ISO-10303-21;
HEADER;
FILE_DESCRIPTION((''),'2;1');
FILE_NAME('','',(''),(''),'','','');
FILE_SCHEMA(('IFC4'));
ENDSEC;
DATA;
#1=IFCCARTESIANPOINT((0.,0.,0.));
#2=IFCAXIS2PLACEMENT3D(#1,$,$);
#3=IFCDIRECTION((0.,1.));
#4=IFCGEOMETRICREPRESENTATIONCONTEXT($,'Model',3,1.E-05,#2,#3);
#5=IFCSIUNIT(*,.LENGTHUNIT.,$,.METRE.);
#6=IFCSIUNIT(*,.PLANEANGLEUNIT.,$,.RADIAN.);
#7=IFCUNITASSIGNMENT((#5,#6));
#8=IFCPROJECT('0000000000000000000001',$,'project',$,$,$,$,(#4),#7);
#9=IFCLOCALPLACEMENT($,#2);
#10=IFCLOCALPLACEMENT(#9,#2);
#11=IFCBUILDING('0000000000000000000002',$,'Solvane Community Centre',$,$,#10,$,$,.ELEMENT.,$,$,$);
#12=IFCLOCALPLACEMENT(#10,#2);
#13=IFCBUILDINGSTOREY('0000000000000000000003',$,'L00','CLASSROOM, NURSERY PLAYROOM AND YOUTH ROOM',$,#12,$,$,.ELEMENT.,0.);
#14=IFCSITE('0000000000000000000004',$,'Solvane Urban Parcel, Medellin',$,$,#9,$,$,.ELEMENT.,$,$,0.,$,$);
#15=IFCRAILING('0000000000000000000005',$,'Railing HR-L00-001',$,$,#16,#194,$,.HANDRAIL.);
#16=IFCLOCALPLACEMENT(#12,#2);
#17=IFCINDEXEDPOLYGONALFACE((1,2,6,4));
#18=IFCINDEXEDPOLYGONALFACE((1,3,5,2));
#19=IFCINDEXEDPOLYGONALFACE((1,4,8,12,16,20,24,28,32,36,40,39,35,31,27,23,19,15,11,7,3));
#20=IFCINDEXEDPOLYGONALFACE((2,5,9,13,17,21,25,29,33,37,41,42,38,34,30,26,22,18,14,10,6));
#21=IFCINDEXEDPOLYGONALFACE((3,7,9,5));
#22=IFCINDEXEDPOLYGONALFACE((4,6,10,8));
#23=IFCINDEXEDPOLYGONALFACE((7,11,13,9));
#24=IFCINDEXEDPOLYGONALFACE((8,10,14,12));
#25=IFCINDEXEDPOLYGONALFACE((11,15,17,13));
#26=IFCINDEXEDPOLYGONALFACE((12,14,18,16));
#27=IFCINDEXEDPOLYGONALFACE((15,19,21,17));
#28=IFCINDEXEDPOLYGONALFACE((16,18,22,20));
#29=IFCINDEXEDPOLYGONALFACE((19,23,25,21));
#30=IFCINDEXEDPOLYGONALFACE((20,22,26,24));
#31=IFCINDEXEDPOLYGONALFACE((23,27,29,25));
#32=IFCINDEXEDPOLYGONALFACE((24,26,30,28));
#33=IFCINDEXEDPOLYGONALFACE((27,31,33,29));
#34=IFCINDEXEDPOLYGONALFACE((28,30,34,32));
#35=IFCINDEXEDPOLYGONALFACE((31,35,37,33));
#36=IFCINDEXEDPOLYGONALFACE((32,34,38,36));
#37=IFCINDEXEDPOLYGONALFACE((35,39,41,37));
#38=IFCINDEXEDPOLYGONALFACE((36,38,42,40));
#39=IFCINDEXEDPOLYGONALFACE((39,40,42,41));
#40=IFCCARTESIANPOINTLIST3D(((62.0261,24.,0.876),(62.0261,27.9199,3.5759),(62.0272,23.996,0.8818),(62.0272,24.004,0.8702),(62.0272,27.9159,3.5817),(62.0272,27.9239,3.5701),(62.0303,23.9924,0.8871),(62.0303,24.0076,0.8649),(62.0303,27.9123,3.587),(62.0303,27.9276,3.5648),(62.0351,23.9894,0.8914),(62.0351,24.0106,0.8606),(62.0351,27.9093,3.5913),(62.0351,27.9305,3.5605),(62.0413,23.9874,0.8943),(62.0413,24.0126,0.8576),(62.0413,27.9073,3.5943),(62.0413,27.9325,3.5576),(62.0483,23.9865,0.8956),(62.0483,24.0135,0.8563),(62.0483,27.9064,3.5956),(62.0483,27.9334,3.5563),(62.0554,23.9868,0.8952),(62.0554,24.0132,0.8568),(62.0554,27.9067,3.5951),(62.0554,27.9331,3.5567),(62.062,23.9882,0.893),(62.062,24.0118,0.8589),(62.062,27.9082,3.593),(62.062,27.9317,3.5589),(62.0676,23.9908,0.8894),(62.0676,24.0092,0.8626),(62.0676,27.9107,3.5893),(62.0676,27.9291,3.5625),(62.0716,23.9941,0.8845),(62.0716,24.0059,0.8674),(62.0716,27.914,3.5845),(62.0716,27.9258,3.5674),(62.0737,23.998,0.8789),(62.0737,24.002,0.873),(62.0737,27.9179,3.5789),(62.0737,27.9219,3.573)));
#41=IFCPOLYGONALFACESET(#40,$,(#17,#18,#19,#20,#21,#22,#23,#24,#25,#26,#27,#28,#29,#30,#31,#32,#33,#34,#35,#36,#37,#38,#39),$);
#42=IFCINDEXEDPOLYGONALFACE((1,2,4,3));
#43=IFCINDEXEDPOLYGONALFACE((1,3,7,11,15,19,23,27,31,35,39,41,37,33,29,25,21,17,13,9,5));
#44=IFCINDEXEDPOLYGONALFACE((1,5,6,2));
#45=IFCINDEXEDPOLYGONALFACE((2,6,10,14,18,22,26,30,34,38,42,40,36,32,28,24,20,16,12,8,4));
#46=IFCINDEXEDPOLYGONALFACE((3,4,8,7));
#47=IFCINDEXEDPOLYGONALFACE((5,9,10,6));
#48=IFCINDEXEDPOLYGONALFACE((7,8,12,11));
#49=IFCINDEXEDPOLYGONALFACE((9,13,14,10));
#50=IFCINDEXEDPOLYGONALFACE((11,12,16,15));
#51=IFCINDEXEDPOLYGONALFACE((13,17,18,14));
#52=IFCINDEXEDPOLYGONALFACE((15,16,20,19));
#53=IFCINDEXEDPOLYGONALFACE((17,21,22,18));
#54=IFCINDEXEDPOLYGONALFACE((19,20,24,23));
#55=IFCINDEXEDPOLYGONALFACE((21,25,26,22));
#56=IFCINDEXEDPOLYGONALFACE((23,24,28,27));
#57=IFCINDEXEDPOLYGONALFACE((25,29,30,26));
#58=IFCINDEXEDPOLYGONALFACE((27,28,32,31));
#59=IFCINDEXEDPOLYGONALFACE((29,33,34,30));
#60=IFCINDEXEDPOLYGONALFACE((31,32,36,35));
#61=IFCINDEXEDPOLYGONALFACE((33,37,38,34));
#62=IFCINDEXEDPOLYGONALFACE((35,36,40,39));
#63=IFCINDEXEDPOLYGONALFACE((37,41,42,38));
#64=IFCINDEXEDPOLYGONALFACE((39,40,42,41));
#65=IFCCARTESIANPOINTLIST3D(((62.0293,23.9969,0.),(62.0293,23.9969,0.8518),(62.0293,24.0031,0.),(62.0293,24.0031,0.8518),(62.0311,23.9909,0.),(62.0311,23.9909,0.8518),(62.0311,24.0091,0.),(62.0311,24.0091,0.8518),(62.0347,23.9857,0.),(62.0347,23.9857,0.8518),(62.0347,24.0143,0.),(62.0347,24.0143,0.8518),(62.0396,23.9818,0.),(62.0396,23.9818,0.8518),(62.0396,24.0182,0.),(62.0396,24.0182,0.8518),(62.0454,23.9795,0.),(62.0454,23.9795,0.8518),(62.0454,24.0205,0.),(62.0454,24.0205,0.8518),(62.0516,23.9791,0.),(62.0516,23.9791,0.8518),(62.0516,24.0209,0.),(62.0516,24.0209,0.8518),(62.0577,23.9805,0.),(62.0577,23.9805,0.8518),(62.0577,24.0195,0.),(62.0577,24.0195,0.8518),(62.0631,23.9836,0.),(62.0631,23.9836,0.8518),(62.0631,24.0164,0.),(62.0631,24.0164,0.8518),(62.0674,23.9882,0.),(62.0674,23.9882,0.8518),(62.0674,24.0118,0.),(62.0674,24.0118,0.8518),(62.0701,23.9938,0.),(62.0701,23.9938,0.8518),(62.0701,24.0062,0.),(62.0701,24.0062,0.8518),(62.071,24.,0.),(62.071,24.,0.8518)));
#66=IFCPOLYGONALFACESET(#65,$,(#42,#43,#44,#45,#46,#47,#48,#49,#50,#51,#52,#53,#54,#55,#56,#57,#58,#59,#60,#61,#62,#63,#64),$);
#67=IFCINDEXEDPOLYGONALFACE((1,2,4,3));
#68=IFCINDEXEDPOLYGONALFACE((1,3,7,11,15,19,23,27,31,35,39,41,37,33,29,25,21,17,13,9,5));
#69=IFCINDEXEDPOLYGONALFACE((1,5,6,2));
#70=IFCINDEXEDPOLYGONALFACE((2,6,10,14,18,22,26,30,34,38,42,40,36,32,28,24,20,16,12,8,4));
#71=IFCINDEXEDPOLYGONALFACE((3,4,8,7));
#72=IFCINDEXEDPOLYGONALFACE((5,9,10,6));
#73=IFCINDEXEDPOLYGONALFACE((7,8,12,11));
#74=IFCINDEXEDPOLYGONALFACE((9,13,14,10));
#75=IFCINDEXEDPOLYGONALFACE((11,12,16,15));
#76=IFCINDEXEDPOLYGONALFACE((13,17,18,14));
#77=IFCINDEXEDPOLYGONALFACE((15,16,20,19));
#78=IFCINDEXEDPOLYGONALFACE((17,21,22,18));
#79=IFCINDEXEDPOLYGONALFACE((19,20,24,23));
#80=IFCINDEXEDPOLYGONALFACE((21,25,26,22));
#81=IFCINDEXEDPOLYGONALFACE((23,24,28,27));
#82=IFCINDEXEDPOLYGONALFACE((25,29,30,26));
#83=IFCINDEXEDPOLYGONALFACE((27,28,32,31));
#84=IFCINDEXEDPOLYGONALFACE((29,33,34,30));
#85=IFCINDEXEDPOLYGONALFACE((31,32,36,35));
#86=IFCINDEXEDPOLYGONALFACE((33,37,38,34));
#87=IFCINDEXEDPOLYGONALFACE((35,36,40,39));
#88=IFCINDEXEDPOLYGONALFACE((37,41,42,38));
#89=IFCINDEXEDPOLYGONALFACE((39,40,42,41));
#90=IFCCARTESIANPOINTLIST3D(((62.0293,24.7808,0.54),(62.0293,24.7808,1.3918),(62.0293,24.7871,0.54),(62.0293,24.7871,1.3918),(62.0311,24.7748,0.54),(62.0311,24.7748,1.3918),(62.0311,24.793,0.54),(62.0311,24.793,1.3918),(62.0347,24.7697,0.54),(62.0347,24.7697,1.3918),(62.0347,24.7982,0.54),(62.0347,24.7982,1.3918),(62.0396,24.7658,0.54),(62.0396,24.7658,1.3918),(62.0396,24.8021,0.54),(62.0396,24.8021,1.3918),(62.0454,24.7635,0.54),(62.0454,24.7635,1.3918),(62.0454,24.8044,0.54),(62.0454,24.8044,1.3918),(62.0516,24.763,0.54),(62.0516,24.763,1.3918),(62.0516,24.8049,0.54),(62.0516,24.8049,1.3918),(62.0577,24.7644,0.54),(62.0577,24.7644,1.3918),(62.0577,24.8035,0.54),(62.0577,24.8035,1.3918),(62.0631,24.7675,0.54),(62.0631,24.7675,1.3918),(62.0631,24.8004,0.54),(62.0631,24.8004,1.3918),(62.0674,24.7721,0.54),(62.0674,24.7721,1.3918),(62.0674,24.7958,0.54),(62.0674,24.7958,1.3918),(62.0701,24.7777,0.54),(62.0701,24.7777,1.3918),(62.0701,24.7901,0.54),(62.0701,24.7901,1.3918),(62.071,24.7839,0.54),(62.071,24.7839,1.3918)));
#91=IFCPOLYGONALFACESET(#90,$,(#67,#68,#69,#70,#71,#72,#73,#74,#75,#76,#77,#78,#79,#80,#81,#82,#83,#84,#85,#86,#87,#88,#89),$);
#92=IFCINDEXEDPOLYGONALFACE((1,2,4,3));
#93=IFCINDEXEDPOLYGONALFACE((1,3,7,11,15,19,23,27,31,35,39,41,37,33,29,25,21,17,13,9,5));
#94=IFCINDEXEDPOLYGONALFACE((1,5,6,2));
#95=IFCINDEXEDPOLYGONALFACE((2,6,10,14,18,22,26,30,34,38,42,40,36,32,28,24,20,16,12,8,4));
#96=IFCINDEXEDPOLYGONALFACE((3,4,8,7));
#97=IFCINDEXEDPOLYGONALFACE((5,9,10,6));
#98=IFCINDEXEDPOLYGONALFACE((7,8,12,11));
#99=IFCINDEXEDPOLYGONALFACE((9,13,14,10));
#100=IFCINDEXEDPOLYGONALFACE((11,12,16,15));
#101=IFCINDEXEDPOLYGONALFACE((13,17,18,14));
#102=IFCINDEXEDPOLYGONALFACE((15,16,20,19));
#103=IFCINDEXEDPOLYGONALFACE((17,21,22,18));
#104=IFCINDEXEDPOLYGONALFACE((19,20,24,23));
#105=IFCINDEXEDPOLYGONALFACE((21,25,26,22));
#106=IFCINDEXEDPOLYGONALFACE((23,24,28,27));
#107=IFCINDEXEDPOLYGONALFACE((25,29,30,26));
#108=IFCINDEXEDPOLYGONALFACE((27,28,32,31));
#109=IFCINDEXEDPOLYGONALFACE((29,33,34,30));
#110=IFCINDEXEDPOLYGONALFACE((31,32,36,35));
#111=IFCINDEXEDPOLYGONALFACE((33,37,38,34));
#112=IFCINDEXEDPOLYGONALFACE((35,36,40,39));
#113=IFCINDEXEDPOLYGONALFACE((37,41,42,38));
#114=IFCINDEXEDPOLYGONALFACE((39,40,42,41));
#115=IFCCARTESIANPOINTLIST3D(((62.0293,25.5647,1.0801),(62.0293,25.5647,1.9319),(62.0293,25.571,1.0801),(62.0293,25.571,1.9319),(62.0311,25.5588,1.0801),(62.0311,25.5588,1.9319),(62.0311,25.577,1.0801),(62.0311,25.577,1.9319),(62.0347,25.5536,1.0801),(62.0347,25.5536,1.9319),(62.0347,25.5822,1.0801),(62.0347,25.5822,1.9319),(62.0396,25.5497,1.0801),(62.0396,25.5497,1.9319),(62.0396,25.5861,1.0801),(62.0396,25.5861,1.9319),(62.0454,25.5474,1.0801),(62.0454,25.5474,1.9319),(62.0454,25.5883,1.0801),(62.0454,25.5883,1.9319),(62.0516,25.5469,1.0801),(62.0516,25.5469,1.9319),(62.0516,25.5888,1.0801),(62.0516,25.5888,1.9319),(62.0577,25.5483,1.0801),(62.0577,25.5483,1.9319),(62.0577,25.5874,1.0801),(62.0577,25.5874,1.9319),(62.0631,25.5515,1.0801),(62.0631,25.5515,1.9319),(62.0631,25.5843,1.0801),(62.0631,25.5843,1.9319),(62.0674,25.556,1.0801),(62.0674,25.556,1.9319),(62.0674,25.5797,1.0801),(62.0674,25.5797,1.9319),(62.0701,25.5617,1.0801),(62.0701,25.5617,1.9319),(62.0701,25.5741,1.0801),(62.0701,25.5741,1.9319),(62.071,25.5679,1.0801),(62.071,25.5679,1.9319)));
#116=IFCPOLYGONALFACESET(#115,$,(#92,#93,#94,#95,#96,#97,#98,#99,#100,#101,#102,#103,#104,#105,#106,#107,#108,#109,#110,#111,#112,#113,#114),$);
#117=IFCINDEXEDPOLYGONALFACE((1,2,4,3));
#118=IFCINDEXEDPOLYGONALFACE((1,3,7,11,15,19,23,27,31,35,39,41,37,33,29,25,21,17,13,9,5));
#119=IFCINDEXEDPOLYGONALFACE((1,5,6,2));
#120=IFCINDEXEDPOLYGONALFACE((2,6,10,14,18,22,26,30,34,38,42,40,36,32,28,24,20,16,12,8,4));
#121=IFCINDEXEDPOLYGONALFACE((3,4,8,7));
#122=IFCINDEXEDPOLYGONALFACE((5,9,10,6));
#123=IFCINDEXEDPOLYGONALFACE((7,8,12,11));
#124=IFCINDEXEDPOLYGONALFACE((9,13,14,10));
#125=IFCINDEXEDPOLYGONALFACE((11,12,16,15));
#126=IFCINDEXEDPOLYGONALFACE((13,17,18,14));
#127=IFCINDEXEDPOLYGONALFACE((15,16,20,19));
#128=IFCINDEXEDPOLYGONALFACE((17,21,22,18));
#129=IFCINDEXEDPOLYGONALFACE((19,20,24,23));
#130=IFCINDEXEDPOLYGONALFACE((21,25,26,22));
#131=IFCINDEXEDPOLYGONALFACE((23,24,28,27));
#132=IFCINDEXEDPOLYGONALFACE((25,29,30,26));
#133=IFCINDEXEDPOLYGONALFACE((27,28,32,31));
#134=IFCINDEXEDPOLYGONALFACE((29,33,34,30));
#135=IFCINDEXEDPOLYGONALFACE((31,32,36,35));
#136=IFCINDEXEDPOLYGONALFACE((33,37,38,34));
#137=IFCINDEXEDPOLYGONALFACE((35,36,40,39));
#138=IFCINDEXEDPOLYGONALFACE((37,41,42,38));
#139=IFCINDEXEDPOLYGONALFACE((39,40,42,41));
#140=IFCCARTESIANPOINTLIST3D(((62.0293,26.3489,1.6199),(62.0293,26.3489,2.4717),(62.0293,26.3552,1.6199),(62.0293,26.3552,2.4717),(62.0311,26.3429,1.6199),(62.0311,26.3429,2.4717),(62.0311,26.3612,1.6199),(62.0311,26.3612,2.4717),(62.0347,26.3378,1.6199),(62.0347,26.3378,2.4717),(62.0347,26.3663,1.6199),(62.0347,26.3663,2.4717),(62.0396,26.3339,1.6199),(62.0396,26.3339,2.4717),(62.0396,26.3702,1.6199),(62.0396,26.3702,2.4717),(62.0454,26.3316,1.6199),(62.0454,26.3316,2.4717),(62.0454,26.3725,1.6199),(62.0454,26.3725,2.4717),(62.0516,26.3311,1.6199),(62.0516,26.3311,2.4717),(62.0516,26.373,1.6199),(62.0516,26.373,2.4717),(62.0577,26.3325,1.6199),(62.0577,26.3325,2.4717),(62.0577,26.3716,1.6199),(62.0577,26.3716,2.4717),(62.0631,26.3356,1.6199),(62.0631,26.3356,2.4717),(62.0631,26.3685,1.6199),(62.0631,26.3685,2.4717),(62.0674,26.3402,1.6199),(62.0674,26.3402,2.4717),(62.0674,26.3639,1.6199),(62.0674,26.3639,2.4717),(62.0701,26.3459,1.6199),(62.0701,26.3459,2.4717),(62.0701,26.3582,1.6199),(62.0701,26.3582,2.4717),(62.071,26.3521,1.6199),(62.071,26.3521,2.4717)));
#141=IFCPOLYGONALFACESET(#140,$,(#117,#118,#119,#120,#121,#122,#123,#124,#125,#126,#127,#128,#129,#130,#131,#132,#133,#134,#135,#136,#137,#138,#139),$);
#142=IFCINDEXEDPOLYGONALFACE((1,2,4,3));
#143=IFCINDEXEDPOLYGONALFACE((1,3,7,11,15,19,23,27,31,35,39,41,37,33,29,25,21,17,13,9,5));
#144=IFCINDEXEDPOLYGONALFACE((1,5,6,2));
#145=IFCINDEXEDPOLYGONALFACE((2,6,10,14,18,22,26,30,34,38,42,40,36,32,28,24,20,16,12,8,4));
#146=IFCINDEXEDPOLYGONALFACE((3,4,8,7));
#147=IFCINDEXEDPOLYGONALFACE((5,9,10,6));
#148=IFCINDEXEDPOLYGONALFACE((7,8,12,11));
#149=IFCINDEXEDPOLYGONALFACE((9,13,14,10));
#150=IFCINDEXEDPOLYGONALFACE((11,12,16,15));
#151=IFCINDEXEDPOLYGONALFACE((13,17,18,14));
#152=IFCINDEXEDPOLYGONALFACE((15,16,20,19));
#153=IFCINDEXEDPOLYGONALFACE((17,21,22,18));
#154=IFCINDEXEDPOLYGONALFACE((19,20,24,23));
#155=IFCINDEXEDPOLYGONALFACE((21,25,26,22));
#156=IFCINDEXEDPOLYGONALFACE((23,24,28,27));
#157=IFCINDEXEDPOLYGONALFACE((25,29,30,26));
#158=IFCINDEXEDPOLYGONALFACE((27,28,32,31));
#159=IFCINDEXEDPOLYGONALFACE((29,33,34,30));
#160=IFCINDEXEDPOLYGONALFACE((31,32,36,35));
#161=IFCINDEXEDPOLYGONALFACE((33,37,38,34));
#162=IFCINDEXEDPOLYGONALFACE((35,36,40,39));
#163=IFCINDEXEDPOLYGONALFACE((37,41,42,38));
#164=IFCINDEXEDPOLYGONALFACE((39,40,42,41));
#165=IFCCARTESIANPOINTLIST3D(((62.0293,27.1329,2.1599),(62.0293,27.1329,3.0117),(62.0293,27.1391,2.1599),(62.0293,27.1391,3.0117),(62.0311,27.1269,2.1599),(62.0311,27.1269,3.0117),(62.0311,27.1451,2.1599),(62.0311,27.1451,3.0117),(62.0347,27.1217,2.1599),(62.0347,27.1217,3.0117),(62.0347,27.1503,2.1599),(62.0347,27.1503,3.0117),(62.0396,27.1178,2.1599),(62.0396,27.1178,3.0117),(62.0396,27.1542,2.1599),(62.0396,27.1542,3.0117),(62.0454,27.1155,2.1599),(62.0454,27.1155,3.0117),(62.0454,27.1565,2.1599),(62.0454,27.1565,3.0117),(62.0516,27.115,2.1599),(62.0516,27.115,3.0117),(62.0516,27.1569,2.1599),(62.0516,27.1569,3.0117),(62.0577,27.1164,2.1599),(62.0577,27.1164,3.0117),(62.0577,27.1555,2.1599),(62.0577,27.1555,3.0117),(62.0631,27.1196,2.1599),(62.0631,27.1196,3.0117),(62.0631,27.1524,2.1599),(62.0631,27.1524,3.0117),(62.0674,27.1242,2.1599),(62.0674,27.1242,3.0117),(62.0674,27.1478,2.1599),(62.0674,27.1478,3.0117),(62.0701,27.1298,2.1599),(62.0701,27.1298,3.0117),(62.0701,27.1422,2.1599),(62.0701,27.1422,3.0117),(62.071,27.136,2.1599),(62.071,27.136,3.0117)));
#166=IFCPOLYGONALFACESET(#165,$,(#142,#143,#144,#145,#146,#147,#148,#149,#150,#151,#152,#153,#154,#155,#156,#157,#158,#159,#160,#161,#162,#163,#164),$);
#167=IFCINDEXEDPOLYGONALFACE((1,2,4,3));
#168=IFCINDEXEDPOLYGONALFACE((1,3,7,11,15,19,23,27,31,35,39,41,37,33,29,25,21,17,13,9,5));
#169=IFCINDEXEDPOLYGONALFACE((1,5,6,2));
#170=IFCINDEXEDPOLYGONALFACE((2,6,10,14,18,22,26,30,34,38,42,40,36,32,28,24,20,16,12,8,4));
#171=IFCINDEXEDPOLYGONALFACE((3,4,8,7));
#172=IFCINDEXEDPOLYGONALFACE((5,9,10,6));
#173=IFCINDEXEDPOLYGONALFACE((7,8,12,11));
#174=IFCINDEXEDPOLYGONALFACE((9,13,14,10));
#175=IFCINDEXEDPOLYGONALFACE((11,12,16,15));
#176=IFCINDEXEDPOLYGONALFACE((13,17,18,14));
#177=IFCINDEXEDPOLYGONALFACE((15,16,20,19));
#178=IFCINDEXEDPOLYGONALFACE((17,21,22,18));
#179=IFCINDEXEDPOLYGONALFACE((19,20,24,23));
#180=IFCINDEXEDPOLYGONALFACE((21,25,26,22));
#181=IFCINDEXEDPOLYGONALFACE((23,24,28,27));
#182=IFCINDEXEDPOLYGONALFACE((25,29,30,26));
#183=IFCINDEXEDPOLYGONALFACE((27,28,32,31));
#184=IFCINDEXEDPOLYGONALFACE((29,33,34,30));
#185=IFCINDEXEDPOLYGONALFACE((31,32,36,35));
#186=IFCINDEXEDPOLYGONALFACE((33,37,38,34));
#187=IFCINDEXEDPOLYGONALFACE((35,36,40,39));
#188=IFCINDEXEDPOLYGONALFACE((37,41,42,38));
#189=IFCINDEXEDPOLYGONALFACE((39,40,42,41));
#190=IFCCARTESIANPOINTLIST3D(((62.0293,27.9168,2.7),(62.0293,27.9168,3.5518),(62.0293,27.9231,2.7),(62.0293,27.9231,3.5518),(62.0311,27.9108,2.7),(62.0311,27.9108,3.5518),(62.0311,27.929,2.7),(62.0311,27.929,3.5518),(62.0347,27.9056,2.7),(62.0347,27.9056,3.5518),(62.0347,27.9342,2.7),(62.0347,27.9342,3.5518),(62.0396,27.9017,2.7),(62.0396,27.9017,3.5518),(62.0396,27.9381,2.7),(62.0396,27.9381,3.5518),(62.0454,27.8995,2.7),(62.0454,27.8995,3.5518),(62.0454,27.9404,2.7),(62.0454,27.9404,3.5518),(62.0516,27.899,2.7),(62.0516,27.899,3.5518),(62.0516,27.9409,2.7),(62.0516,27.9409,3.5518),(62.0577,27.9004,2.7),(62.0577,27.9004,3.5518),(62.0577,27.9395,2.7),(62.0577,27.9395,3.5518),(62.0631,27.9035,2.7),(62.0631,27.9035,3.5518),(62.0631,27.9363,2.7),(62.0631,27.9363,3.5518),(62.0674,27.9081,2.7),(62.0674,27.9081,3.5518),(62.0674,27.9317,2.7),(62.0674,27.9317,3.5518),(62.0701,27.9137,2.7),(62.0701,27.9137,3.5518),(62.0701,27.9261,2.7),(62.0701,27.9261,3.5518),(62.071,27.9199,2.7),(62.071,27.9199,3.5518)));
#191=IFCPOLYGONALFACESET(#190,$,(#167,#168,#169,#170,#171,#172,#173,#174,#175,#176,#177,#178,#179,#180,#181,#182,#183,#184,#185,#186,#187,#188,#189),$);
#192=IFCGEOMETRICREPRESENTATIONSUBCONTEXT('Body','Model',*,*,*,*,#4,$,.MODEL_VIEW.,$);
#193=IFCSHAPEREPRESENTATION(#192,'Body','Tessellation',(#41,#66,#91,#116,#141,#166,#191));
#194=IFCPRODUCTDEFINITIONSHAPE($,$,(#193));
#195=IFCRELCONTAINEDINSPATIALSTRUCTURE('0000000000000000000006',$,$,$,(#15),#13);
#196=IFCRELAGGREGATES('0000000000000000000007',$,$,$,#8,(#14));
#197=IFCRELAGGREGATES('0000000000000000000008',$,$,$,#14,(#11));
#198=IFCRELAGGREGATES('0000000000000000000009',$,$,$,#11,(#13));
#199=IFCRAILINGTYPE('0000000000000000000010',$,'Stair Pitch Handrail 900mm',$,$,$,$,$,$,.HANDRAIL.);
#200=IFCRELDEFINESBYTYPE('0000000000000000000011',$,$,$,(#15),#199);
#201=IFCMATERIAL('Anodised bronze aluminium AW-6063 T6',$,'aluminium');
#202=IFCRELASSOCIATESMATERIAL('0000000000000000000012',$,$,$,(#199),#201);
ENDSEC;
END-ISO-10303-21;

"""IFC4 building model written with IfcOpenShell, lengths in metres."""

from ifc_helpers import new_model, si_unit, direction, frame, origin, origin_2d, place, context, subcontext, project, spatial, circle, extrude, material, type_object, element, save


model = new_model("IFC4")

# Units and contexts
model_context = context("Model", 3, precision=1e-05, world=origin(), true_north=direction((0.0, 1.0)))
body_context = subcontext(model_context, "Body", "Model", "MODEL_VIEW")
ifc_project = project(units=[si_unit("LENGTHUNIT", "METRE"), si_unit("PLANEANGLEUNIT", "RADIAN")], contexts=[model_context])

# Site, building, storey
site_placement = place(None, origin())
site = spatial("IfcSite", under=ifc_project, at=site_placement, Name="Solvane Urban Parcel, Medellin", CompositionType="ELEMENT", RefElevation=0.0)
building_placement = place(site_placement, origin())
building = spatial("IfcBuilding", under=site, at=building_placement, Name="Solvane Community Centre", CompositionType="ELEMENT")
storey_placement = place(building_placement, origin())
storey = spatial("IfcBuildingStorey", under=building, at=storey_placement, Name="L00", Description="CLASSROOM, NURSERY PLAYROOM AND YOUTH ROOM", CompositionType="ELEMENT", Elevation=0.0)

# Shared definitions
ifc_material_1 = material(Name="Anodised bronze aluminium AW-6063 T6", Category="aluminium")

# Railing
railing_type_1 = type_object("IfcRailingType", Name="Stair Pitch Handrail 900mm", PredefinedType="HANDRAIL", material=ifc_material_1)
railing_1_placement = place(storey_placement, frame((62.05, 24.0, 0.0)))
element("IfcRailing", 1, at=railing_1_placement, inside=storey, type_object=railing_type_1, Name="Railing HR-L00-001", PredefinedType="HANDRAIL", context=body_context, shape_type="SweptSolid", body=[
    extrude(circle(Radius=0.0239, at=origin_2d()), frame((0.0, 0.0, 0.876), z_axis=(0.0, 0.823551, 0.567243), x_axis=(-1.0, 0.0, 0.0)), (0.0, 0.0, 1.0), 4.7598),
    extrude(circle(Radius=0.021, at=origin_2d()), origin(), (0.0, 0.0, 1.0), 0.8518),
    extrude(circle(Radius=0.021, at=origin_2d()), frame((0.0, 0.7839, 0.54)), (0.0, 0.0, 1.0), 0.8518),
    extrude(circle(Radius=0.021, at=origin_2d()), frame((0.0, 1.5679, 1.0801)), (0.0, 0.0, 1.0), 0.8518),
    extrude(circle(Radius=0.021, at=origin_2d()), frame((0.0, 2.3521, 1.6199)), (0.0, 0.0, 1.0), 0.8518),
    extrude(circle(Radius=0.021, at=origin_2d()), frame((0.0, 3.136, 2.1599)), (0.0, 0.0, 1.0), 0.8518),
    extrude(circle(Radius=0.021, at=origin_2d()), frame((0.0, 3.9199, 2.7)), (0.0, 0.0, 1.0), 0.8518),
])

save(model, "model.ifc")
